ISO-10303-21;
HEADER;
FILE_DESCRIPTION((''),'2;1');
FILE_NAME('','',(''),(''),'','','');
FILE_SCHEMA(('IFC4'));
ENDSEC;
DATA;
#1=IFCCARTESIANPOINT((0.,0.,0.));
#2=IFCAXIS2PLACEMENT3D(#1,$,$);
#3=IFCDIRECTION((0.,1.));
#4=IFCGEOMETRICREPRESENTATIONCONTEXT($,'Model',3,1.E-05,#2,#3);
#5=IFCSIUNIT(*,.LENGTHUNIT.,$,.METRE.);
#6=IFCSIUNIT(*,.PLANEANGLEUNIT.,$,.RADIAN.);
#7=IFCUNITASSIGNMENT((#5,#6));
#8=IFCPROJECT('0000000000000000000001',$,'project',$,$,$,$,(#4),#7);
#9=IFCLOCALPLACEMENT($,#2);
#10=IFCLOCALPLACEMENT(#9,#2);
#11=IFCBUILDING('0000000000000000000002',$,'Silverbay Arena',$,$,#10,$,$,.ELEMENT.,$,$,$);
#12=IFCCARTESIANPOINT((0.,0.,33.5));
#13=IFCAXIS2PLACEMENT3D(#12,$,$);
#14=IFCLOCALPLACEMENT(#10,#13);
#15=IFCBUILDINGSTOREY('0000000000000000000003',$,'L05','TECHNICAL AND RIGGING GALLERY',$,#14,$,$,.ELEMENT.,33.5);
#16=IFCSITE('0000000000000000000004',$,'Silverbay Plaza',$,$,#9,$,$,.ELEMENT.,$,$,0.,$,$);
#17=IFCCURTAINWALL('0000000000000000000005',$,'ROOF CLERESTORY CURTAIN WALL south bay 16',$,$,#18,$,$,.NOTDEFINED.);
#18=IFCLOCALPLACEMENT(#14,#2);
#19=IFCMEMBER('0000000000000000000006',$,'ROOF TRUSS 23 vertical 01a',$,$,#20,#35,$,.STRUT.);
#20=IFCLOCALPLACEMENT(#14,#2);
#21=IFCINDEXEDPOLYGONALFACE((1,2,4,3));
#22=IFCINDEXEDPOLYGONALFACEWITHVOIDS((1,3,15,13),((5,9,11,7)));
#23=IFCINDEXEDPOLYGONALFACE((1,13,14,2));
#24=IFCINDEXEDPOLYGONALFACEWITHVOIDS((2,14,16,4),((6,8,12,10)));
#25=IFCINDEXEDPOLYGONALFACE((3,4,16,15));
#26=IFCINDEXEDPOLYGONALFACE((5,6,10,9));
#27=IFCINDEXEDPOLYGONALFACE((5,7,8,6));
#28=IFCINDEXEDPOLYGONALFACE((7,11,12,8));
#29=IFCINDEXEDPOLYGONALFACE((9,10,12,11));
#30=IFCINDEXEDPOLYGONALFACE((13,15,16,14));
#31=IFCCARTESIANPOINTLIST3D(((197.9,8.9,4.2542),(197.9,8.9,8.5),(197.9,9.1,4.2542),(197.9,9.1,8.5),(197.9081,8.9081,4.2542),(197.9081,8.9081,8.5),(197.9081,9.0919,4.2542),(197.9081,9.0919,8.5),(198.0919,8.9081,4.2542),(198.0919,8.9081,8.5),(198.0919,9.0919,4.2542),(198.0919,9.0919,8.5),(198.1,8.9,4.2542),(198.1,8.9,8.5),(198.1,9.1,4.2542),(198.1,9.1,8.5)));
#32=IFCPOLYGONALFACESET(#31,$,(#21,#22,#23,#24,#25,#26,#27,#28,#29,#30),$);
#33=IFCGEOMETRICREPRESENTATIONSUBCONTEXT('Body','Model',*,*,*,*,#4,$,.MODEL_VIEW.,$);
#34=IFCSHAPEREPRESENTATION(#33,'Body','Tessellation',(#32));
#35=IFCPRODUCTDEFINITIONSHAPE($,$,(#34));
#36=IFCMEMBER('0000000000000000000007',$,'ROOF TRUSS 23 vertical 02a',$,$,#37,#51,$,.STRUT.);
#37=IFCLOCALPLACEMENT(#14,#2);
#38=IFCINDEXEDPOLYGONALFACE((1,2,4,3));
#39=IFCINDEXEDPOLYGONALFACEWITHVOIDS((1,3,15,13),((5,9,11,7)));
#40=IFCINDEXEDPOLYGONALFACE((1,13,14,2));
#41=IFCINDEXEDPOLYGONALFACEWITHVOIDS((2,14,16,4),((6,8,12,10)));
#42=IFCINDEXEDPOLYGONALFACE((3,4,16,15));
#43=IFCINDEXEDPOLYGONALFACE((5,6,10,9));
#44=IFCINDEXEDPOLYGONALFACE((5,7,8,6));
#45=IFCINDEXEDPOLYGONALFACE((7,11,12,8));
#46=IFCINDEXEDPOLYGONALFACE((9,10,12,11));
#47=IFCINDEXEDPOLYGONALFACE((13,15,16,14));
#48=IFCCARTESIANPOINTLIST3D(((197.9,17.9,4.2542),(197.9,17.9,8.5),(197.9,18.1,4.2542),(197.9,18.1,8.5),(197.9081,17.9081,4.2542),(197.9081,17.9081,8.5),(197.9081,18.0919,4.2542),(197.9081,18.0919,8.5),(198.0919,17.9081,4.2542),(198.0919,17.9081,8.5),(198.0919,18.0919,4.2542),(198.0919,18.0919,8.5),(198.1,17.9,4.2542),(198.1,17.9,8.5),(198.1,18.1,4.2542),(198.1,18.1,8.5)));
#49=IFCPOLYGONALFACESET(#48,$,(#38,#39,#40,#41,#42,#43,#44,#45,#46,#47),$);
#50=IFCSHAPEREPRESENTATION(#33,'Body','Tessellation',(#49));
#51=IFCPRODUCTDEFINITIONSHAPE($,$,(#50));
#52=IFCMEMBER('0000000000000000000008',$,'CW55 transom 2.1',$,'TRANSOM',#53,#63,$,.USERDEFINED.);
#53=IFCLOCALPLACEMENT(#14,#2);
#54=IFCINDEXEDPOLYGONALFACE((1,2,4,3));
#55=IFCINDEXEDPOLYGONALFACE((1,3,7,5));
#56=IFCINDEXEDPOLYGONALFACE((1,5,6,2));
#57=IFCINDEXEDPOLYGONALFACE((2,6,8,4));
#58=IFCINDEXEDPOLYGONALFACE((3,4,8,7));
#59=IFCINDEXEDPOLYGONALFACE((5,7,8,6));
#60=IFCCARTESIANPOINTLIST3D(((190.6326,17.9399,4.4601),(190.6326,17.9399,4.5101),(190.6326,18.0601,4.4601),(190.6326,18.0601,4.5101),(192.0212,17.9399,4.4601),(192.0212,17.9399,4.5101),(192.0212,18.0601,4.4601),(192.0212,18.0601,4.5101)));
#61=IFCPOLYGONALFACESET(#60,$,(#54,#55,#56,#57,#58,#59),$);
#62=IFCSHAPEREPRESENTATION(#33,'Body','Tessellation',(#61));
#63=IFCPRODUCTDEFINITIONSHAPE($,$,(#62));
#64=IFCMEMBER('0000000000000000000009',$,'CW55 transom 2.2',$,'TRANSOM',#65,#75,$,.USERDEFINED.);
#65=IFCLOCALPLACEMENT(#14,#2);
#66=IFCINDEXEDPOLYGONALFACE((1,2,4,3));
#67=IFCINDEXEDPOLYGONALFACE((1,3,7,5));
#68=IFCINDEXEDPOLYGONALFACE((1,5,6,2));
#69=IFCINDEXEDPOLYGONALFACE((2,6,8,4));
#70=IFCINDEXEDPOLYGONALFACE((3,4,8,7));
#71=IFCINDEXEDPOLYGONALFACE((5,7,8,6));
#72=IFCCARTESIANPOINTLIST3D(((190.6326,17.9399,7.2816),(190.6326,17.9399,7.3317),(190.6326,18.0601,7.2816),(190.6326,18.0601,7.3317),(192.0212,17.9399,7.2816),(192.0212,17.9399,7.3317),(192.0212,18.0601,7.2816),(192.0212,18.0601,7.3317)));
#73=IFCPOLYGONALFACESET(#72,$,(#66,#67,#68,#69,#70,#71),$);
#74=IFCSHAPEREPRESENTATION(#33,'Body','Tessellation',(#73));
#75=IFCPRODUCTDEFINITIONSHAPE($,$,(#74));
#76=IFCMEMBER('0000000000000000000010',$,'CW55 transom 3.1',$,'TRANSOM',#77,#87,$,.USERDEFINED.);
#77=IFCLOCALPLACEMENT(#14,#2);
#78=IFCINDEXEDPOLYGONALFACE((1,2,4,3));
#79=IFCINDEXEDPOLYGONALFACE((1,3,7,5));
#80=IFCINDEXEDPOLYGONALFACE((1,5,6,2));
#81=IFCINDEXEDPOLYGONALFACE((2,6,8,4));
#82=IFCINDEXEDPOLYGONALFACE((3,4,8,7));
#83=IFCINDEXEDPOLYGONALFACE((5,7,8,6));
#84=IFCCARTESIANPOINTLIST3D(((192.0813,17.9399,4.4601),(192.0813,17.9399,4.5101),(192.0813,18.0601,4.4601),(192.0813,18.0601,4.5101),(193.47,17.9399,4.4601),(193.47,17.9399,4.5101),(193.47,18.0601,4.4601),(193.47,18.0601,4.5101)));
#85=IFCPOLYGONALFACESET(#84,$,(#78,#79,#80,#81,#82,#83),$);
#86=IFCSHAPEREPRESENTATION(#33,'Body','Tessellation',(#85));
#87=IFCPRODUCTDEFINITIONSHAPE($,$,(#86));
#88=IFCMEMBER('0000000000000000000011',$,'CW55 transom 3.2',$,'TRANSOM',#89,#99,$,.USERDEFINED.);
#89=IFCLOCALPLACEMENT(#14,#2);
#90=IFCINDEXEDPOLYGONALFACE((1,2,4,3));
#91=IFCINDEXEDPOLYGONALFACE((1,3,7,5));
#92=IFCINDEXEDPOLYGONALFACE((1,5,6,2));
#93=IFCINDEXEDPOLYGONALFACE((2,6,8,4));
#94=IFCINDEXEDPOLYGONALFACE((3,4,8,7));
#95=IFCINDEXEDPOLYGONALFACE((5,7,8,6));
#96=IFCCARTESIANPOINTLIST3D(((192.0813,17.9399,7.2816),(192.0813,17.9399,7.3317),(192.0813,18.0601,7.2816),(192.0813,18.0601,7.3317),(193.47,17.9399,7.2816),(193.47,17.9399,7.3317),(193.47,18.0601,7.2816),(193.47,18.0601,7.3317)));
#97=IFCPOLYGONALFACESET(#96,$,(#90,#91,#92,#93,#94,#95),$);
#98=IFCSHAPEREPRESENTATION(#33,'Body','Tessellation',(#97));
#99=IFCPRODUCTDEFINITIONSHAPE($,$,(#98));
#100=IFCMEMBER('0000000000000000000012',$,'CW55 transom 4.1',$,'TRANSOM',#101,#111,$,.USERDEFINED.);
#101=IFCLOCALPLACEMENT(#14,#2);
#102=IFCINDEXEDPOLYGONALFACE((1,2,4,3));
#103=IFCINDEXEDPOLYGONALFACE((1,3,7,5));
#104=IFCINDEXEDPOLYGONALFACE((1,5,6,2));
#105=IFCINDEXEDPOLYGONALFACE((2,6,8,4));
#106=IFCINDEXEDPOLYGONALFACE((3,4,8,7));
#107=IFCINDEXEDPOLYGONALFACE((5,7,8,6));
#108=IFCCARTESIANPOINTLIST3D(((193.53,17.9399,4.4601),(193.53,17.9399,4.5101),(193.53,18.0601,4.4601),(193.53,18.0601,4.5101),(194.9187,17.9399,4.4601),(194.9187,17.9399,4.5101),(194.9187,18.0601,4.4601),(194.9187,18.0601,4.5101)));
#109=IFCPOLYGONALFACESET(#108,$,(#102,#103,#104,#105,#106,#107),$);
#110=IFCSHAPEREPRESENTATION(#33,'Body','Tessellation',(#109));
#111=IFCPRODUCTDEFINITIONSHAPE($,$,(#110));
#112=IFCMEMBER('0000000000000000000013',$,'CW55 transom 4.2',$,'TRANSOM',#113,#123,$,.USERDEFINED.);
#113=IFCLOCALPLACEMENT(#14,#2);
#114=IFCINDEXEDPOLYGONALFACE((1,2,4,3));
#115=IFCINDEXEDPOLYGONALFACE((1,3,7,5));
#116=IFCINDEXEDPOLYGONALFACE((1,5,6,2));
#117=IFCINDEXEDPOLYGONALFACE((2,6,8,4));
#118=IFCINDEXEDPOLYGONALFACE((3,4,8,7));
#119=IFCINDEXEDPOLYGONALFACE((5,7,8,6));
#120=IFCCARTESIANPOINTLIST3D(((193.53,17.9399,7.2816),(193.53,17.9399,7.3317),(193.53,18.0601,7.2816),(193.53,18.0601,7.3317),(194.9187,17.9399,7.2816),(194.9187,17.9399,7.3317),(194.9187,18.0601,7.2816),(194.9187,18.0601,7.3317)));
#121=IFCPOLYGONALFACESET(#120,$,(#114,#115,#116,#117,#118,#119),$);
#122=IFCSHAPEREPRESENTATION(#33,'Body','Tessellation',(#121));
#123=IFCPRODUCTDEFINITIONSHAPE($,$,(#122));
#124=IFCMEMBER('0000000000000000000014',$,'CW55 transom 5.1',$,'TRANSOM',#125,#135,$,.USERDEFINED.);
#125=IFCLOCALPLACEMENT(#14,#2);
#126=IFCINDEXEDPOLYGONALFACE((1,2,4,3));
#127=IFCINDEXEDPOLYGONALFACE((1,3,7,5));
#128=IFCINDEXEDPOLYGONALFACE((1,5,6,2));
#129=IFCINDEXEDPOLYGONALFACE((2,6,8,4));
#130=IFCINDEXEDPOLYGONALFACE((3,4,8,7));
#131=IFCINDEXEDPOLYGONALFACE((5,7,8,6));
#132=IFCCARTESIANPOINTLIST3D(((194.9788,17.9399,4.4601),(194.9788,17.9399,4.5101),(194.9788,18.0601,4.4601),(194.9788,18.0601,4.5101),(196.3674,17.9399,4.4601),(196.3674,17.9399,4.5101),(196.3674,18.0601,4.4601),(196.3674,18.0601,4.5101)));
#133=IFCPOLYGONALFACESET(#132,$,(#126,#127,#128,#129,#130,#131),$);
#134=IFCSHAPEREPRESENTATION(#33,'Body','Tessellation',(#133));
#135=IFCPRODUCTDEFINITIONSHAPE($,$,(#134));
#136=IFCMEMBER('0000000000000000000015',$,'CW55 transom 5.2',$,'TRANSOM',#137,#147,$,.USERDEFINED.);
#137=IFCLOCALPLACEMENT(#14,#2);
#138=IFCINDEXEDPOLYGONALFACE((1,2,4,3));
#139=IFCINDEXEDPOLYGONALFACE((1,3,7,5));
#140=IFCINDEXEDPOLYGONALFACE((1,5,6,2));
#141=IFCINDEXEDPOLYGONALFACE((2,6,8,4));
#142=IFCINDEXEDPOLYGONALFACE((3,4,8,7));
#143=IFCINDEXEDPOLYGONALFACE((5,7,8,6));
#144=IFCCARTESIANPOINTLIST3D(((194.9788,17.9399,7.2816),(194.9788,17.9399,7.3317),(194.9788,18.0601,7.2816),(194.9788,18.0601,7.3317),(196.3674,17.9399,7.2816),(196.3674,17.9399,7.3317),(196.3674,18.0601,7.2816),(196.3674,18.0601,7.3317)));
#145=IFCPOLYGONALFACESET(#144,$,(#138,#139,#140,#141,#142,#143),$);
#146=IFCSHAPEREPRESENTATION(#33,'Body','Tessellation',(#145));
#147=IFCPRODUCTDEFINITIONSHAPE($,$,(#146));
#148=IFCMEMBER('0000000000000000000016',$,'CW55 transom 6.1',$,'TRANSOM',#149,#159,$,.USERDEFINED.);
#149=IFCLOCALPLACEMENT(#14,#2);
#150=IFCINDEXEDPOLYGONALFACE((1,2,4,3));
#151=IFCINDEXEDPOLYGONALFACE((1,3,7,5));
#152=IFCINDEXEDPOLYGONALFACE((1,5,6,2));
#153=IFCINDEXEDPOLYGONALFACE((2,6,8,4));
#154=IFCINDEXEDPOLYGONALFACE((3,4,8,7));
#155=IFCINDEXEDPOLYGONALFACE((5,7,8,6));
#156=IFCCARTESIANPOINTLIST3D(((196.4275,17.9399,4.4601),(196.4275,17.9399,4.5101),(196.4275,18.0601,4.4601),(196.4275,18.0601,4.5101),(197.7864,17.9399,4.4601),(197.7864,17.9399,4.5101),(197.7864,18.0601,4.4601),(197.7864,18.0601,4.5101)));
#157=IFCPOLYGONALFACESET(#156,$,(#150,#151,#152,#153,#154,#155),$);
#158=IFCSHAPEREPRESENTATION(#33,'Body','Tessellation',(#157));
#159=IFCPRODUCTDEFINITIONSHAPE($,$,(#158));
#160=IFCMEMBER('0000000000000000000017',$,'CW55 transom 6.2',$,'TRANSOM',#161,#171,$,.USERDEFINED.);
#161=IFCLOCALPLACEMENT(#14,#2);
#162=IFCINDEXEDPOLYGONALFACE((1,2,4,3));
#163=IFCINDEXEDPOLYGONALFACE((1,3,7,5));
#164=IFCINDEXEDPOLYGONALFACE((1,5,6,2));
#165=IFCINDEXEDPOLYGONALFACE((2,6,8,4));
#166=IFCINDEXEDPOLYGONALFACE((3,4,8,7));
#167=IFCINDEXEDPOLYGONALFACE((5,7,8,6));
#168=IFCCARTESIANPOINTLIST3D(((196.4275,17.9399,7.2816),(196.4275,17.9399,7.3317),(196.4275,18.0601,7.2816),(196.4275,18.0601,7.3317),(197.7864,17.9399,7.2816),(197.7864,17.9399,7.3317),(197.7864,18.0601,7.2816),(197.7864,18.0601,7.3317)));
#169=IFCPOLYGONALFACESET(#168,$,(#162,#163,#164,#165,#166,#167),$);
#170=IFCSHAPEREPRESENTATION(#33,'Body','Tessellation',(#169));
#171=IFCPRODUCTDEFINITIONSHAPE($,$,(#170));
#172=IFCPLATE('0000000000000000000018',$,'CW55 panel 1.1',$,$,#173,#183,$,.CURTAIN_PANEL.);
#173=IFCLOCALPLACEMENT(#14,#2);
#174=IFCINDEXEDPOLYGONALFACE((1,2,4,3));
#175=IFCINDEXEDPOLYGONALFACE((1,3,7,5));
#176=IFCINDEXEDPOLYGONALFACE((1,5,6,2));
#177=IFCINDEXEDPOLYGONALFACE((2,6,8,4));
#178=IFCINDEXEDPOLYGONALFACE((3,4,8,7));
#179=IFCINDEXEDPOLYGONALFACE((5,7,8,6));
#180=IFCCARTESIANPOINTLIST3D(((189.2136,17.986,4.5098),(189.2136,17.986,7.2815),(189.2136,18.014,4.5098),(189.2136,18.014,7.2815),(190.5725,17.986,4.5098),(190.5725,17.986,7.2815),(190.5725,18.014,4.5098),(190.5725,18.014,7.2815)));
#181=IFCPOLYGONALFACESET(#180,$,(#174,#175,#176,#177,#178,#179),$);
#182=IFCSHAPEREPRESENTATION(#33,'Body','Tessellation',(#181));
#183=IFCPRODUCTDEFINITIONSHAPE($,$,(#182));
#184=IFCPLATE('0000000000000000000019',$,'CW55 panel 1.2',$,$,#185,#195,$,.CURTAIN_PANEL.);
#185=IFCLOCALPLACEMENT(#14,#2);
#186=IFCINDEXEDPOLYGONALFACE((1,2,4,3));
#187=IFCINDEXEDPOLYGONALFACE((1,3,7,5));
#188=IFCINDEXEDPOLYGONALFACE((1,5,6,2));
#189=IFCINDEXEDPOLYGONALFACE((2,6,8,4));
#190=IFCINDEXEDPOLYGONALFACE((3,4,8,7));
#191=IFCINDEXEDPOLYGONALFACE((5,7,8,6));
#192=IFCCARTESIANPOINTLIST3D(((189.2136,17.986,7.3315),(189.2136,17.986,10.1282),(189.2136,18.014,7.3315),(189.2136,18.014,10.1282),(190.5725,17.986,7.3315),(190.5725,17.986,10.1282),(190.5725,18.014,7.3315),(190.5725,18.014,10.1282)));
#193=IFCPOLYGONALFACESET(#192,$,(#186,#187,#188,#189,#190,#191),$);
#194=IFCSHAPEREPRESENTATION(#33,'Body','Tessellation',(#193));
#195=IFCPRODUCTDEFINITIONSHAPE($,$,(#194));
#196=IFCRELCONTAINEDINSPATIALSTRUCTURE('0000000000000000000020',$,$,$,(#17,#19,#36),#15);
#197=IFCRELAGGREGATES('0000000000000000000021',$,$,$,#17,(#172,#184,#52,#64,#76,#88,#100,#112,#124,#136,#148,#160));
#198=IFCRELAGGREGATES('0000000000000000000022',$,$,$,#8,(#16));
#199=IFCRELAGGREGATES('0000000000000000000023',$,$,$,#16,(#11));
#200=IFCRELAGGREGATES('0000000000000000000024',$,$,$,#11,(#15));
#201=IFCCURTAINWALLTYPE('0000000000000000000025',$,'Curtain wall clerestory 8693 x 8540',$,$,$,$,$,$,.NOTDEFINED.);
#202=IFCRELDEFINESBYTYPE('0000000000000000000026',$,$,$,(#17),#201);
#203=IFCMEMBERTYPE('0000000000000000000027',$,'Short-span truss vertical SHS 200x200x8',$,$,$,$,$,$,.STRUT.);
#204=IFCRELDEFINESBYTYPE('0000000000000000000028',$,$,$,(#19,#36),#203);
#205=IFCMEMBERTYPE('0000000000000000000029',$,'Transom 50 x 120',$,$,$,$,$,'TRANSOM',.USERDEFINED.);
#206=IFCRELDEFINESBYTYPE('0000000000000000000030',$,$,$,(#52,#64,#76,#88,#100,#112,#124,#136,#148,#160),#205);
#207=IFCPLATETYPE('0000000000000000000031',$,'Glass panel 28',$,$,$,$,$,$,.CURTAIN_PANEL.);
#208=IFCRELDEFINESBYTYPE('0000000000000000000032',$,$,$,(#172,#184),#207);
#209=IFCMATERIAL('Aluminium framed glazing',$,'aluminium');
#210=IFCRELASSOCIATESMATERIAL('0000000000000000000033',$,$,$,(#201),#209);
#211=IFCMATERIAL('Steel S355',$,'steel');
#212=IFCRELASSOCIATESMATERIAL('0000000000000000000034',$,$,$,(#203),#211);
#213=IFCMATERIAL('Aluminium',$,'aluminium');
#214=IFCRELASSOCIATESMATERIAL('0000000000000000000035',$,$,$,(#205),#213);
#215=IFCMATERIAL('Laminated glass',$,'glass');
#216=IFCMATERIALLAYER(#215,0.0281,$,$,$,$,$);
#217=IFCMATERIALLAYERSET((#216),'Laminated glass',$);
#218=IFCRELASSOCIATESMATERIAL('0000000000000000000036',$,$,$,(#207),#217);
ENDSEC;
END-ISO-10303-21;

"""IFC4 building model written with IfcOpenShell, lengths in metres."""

from ifc_helpers import new_model, si_unit, direction, frame, origin, origin_2d, place, context, subcontext, project, spatial, rectangle, hollow_rectangle, extrude, material, layer, layer_set, material_profile, profile_set, type_object, element, aggregate, save


model = new_model("IFC4")

# Units and contexts
model_context = context("Model", 3, precision=1e-05, world=origin(), true_north=direction((0.0, 1.0)))
body_context = subcontext(model_context, "Body", "Model", "MODEL_VIEW")
ifc_project = project(units=[si_unit("LENGTHUNIT", "METRE"), si_unit("PLANEANGLEUNIT", "RADIAN")], contexts=[model_context])

# Site, building, storey
site_placement = place(None, origin())
site = spatial("IfcSite", under=ifc_project, at=site_placement, Name="Silverbay Plaza", CompositionType="ELEMENT", RefElevation=0.0)
building_placement = place(site_placement, origin())
building = spatial("IfcBuilding", under=site, at=building_placement, Name="Silverbay Arena", CompositionType="ELEMENT")
storey_placement = place(building_placement, frame((0.0, 0.0, 33.5)))
storey = spatial("IfcBuildingStorey", under=building, at=storey_placement, Name="L05", Description="TECHNICAL AND RIGGING GALLERY", CompositionType="ELEMENT", Elevation=33.5)

# Curtain wall
ifc_material_1 = material(Name="Aluminium framed glazing", Category="aluminium")
curtain_wall_type = type_object("IfcCurtainWallType", Name="Curtain wall clerestory 8693 x 8540", PredefinedType="NOTDEFINED", material=ifc_material_1)
curtain_wall_placement = place(storey_placement, origin())
curtain_wall = element("IfcCurtainWall", 1, at=curtain_wall_placement, inside=storey, type_object=curtain_wall_type, Name="ROOF CLERESTORY CURTAIN WALL south bay 16", PredefinedType="NOTDEFINED")

# Members
ifc_material_2 = material(Name="Steel S355", Category="steel")
ifc_material_profile_1 = material_profile(ifc_material_2, hollow_rectangle(XDim=0.2, YDim=0.2, WallThickness=0.0081, at=origin_2d()), Name="SHS 200x200x8")
ifc_profile_set_1 = profile_set([ifc_material_profile_1], Name="Steel S355")
member_type_1 = type_object("IfcMemberType", Name="Short-span truss vertical SHS 200x200x8", PredefinedType="STRUT", material=ifc_profile_set_1)
for number, where, z_axis, x_axis, name in (
    (2, (198.0, 9.0, 4.2542), (0.0, 0.0, 1.0), (1.0, 0.0, 0.0), "ROOF TRUSS 23 vertical 01a"),
    (3, (198.0, 18.0, 4.2542), (0.0, 0.0, 1.0), (1.0, 0.0, 0.0), "ROOF TRUSS 23 vertical 02a"),
):
    element("IfcMember", number, at=place(storey_placement, frame(where, z_axis=z_axis, x_axis=x_axis)), inside=storey, type_object=member_type_1, Name=name, PredefinedType="STRUT", context=body_context, shape_type="SweptSolid", body=[
        extrude(hollow_rectangle(XDim=0.2, YDim=0.2, WallThickness=0.0081, at=origin_2d()), origin(), (0.0, 0.0, 1.0), 4.2458),
    ])

# Members
ifc_material_3 = material(Name="Aluminium", Category="aluminium")
ifc_material_profile_2 = material_profile(ifc_material_3, rectangle(XDim=0.1201, YDim=0.05, at=origin_2d()), Name="Transom 50 x 120")
ifc_profile_set_2 = profile_set([ifc_material_profile_2], Name="Aluminium")
member_type_2 = type_object("IfcMemberType", Name="Transom 50 x 120", ElementType="TRANSOM", PredefinedType="USERDEFINED", material=ifc_profile_set_2)
member_1_placement = place(storey_placement, frame((190.6326, 18.0, 4.4851), z_axis=(1.0, 0.0, 0.0), x_axis=(0.0, 1.0, 0.0)))
member_1 = element("IfcMember", 4, at=member_1_placement, type_object=member_type_2, Name="CW55 transom 2.1", ObjectType="TRANSOM", PredefinedType="USERDEFINED", context=body_context, shape_type="SweptSolid", body=[
    extrude(rectangle(XDim=0.1201, YDim=0.05, at=origin_2d()), origin(), (0.0, 0.0, 1.0), 1.3887),
])
member_2_placement = place(storey_placement, frame((190.6326, 18.0, 7.3066), z_axis=(1.0, 0.0, 0.0), x_axis=(0.0, 1.0, 0.0)))
member_2 = element("IfcMember", 5, at=member_2_placement, type_object=member_type_2, Name="CW55 transom 2.2", ObjectType="TRANSOM", PredefinedType="USERDEFINED", context=body_context, shape_type="SweptSolid", body=[
    extrude(rectangle(XDim=0.1201, YDim=0.05, at=origin_2d()), origin(), (0.0, 0.0, 1.0), 1.3887),
])
member_3_placement = place(storey_placement, frame((192.0813, 18.0, 4.4851), z_axis=(1.0, 0.0, 0.0), x_axis=(0.0, 1.0, 0.0)))
member_3 = element("IfcMember", 6, at=member_3_placement, type_object=member_type_2, Name="CW55 transom 3.1", ObjectType="TRANSOM", PredefinedType="USERDEFINED", context=body_context, shape_type="SweptSolid", body=[
    extrude(rectangle(XDim=0.1201, YDim=0.05, at=origin_2d()), origin(), (0.0, 0.0, 1.0), 1.3887),
])
member_4_placement = place(storey_placement, frame((192.0813, 18.0, 7.3066), z_axis=(1.0, 0.0, 0.0), x_axis=(0.0, 1.0, 0.0)))
member_4 = element("IfcMember", 7, at=member_4_placement, type_object=member_type_2, Name="CW55 transom 3.2", ObjectType="TRANSOM", PredefinedType="USERDEFINED", context=body_context, shape_type="SweptSolid", body=[
    extrude(rectangle(XDim=0.1201, YDim=0.05, at=origin_2d()), origin(), (0.0, 0.0, 1.0), 1.3887),
])
member_5_placement = place(storey_placement, frame((193.53, 18.0, 4.4851), z_axis=(1.0, 0.0, 0.0), x_axis=(0.0, 1.0, 0.0)))
member_5 = element("IfcMember", 8, at=member_5_placement, type_object=member_type_2, Name="CW55 transom 4.1", ObjectType="TRANSOM", PredefinedType="USERDEFINED", context=body_context, shape_type="SweptSolid", body=[
    extrude(rectangle(XDim=0.1201, YDim=0.05, at=origin_2d()), origin(), (0.0, 0.0, 1.0), 1.3887),
])
member_6_placement = place(storey_placement, frame((193.53, 18.0, 7.3066), z_axis=(1.0, 0.0, 0.0), x_axis=(0.0, 1.0, 0.0)))
member_6 = element("IfcMember", 9, at=member_6_placement, type_object=member_type_2, Name="CW55 transom 4.2", ObjectType="TRANSOM", PredefinedType="USERDEFINED", context=body_context, shape_type="SweptSolid", body=[
    extrude(rectangle(XDim=0.1201, YDim=0.05, at=origin_2d()), origin(), (0.0, 0.0, 1.0), 1.3887),
])
member_7_placement = place(storey_placement, frame((194.9788, 18.0, 4.4851), z_axis=(1.0, 0.0, 0.0), x_axis=(0.0, 1.0, 0.0)))
member_7 = element("IfcMember", 10, at=member_7_placement, type_object=member_type_2, Name="CW55 transom 5.1", ObjectType="TRANSOM", PredefinedType="USERDEFINED", context=body_context, shape_type="SweptSolid", body=[
    extrude(rectangle(XDim=0.1201, YDim=0.05, at=origin_2d()), origin(), (0.0, 0.0, 1.0), 1.3887),
])
member_8_placement = place(storey_placement, frame((194.9788, 18.0, 7.3066), z_axis=(1.0, 0.0, 0.0), x_axis=(0.0, 1.0, 0.0)))
member_8 = element("IfcMember", 11, at=member_8_placement, type_object=member_type_2, Name="CW55 transom 5.2", ObjectType="TRANSOM", PredefinedType="USERDEFINED", context=body_context, shape_type="SweptSolid", body=[
    extrude(rectangle(XDim=0.1201, YDim=0.05, at=origin_2d()), origin(), (0.0, 0.0, 1.0), 1.3887),
])
member_9_placement = place(storey_placement, frame((196.4275, 18.0, 4.4851), z_axis=(1.0, 0.0, 0.0), x_axis=(0.0, 1.0, 0.0)))
member_9 = element("IfcMember", 12, at=member_9_placement, type_object=member_type_2, Name="CW55 transom 6.1", ObjectType="TRANSOM", PredefinedType="USERDEFINED", context=body_context, shape_type="SweptSolid", body=[
    extrude(rectangle(XDim=0.1201, YDim=0.05, at=origin_2d()), origin(), (0.0, 0.0, 1.0), 1.3589),
])
member_10_placement = place(storey_placement, frame((196.4275, 18.0, 7.3066), z_axis=(1.0, 0.0, 0.0), x_axis=(0.0, 1.0, 0.0)))
member_10 = element("IfcMember", 13, at=member_10_placement, type_object=member_type_2, Name="CW55 transom 6.2", ObjectType="TRANSOM", PredefinedType="USERDEFINED", context=body_context, shape_type="SweptSolid", body=[
    extrude(rectangle(XDim=0.1201, YDim=0.05, at=origin_2d()), origin(), (0.0, 0.0, 1.0), 1.3589),
])

# Plates
ifc_material_4 = material(Name="Laminated glass", Category="glass")
ifc_layer = layer(ifc_material_4, 0.0281)
ifc_layer_set = layer_set([ifc_layer], Name="Laminated glass")
plate_type = type_object("IfcPlateType", Name="Glass panel 28", PredefinedType="CURTAIN_PANEL", material=ifc_layer_set)
plate_1_placement = place(storey_placement, frame((189.8931, 18.0, 4.5098), z_axis=(0.0, 0.0, 1.0), x_axis=(1.0, 0.0, 0.0)))
plate_1 = element("IfcPlate", 14, at=plate_1_placement, type_object=plate_type, Name="CW55 panel 1.1", PredefinedType="CURTAIN_PANEL", context=body_context, shape_type="SweptSolid", body=[
    extrude(rectangle(XDim=1.3589, YDim=0.0281, at=origin_2d()), origin(), (0.0, 0.0, 1.0), 2.7717),
])
plate_2_placement = place(storey_placement, frame((189.8931, 18.0, 7.3315), z_axis=(0.0, 0.0, 1.0), x_axis=(1.0, 0.0, 0.0)))
plate_2 = element("IfcPlate", 15, at=plate_2_placement, type_object=plate_type, Name="CW55 panel 1.2", PredefinedType="CURTAIN_PANEL", context=body_context, shape_type="SweptSolid", body=[
    extrude(rectangle(XDim=1.3589, YDim=0.0281, at=origin_2d()), origin(), (0.0, 0.0, 1.0), 2.7966),
])
aggregate(curtain_wall, [plate_1, plate_2, member_1, member_2, member_3, member_4, member_5, member_6, member_7, member_8, member_9, member_10])

save(model, "model.ifc")
